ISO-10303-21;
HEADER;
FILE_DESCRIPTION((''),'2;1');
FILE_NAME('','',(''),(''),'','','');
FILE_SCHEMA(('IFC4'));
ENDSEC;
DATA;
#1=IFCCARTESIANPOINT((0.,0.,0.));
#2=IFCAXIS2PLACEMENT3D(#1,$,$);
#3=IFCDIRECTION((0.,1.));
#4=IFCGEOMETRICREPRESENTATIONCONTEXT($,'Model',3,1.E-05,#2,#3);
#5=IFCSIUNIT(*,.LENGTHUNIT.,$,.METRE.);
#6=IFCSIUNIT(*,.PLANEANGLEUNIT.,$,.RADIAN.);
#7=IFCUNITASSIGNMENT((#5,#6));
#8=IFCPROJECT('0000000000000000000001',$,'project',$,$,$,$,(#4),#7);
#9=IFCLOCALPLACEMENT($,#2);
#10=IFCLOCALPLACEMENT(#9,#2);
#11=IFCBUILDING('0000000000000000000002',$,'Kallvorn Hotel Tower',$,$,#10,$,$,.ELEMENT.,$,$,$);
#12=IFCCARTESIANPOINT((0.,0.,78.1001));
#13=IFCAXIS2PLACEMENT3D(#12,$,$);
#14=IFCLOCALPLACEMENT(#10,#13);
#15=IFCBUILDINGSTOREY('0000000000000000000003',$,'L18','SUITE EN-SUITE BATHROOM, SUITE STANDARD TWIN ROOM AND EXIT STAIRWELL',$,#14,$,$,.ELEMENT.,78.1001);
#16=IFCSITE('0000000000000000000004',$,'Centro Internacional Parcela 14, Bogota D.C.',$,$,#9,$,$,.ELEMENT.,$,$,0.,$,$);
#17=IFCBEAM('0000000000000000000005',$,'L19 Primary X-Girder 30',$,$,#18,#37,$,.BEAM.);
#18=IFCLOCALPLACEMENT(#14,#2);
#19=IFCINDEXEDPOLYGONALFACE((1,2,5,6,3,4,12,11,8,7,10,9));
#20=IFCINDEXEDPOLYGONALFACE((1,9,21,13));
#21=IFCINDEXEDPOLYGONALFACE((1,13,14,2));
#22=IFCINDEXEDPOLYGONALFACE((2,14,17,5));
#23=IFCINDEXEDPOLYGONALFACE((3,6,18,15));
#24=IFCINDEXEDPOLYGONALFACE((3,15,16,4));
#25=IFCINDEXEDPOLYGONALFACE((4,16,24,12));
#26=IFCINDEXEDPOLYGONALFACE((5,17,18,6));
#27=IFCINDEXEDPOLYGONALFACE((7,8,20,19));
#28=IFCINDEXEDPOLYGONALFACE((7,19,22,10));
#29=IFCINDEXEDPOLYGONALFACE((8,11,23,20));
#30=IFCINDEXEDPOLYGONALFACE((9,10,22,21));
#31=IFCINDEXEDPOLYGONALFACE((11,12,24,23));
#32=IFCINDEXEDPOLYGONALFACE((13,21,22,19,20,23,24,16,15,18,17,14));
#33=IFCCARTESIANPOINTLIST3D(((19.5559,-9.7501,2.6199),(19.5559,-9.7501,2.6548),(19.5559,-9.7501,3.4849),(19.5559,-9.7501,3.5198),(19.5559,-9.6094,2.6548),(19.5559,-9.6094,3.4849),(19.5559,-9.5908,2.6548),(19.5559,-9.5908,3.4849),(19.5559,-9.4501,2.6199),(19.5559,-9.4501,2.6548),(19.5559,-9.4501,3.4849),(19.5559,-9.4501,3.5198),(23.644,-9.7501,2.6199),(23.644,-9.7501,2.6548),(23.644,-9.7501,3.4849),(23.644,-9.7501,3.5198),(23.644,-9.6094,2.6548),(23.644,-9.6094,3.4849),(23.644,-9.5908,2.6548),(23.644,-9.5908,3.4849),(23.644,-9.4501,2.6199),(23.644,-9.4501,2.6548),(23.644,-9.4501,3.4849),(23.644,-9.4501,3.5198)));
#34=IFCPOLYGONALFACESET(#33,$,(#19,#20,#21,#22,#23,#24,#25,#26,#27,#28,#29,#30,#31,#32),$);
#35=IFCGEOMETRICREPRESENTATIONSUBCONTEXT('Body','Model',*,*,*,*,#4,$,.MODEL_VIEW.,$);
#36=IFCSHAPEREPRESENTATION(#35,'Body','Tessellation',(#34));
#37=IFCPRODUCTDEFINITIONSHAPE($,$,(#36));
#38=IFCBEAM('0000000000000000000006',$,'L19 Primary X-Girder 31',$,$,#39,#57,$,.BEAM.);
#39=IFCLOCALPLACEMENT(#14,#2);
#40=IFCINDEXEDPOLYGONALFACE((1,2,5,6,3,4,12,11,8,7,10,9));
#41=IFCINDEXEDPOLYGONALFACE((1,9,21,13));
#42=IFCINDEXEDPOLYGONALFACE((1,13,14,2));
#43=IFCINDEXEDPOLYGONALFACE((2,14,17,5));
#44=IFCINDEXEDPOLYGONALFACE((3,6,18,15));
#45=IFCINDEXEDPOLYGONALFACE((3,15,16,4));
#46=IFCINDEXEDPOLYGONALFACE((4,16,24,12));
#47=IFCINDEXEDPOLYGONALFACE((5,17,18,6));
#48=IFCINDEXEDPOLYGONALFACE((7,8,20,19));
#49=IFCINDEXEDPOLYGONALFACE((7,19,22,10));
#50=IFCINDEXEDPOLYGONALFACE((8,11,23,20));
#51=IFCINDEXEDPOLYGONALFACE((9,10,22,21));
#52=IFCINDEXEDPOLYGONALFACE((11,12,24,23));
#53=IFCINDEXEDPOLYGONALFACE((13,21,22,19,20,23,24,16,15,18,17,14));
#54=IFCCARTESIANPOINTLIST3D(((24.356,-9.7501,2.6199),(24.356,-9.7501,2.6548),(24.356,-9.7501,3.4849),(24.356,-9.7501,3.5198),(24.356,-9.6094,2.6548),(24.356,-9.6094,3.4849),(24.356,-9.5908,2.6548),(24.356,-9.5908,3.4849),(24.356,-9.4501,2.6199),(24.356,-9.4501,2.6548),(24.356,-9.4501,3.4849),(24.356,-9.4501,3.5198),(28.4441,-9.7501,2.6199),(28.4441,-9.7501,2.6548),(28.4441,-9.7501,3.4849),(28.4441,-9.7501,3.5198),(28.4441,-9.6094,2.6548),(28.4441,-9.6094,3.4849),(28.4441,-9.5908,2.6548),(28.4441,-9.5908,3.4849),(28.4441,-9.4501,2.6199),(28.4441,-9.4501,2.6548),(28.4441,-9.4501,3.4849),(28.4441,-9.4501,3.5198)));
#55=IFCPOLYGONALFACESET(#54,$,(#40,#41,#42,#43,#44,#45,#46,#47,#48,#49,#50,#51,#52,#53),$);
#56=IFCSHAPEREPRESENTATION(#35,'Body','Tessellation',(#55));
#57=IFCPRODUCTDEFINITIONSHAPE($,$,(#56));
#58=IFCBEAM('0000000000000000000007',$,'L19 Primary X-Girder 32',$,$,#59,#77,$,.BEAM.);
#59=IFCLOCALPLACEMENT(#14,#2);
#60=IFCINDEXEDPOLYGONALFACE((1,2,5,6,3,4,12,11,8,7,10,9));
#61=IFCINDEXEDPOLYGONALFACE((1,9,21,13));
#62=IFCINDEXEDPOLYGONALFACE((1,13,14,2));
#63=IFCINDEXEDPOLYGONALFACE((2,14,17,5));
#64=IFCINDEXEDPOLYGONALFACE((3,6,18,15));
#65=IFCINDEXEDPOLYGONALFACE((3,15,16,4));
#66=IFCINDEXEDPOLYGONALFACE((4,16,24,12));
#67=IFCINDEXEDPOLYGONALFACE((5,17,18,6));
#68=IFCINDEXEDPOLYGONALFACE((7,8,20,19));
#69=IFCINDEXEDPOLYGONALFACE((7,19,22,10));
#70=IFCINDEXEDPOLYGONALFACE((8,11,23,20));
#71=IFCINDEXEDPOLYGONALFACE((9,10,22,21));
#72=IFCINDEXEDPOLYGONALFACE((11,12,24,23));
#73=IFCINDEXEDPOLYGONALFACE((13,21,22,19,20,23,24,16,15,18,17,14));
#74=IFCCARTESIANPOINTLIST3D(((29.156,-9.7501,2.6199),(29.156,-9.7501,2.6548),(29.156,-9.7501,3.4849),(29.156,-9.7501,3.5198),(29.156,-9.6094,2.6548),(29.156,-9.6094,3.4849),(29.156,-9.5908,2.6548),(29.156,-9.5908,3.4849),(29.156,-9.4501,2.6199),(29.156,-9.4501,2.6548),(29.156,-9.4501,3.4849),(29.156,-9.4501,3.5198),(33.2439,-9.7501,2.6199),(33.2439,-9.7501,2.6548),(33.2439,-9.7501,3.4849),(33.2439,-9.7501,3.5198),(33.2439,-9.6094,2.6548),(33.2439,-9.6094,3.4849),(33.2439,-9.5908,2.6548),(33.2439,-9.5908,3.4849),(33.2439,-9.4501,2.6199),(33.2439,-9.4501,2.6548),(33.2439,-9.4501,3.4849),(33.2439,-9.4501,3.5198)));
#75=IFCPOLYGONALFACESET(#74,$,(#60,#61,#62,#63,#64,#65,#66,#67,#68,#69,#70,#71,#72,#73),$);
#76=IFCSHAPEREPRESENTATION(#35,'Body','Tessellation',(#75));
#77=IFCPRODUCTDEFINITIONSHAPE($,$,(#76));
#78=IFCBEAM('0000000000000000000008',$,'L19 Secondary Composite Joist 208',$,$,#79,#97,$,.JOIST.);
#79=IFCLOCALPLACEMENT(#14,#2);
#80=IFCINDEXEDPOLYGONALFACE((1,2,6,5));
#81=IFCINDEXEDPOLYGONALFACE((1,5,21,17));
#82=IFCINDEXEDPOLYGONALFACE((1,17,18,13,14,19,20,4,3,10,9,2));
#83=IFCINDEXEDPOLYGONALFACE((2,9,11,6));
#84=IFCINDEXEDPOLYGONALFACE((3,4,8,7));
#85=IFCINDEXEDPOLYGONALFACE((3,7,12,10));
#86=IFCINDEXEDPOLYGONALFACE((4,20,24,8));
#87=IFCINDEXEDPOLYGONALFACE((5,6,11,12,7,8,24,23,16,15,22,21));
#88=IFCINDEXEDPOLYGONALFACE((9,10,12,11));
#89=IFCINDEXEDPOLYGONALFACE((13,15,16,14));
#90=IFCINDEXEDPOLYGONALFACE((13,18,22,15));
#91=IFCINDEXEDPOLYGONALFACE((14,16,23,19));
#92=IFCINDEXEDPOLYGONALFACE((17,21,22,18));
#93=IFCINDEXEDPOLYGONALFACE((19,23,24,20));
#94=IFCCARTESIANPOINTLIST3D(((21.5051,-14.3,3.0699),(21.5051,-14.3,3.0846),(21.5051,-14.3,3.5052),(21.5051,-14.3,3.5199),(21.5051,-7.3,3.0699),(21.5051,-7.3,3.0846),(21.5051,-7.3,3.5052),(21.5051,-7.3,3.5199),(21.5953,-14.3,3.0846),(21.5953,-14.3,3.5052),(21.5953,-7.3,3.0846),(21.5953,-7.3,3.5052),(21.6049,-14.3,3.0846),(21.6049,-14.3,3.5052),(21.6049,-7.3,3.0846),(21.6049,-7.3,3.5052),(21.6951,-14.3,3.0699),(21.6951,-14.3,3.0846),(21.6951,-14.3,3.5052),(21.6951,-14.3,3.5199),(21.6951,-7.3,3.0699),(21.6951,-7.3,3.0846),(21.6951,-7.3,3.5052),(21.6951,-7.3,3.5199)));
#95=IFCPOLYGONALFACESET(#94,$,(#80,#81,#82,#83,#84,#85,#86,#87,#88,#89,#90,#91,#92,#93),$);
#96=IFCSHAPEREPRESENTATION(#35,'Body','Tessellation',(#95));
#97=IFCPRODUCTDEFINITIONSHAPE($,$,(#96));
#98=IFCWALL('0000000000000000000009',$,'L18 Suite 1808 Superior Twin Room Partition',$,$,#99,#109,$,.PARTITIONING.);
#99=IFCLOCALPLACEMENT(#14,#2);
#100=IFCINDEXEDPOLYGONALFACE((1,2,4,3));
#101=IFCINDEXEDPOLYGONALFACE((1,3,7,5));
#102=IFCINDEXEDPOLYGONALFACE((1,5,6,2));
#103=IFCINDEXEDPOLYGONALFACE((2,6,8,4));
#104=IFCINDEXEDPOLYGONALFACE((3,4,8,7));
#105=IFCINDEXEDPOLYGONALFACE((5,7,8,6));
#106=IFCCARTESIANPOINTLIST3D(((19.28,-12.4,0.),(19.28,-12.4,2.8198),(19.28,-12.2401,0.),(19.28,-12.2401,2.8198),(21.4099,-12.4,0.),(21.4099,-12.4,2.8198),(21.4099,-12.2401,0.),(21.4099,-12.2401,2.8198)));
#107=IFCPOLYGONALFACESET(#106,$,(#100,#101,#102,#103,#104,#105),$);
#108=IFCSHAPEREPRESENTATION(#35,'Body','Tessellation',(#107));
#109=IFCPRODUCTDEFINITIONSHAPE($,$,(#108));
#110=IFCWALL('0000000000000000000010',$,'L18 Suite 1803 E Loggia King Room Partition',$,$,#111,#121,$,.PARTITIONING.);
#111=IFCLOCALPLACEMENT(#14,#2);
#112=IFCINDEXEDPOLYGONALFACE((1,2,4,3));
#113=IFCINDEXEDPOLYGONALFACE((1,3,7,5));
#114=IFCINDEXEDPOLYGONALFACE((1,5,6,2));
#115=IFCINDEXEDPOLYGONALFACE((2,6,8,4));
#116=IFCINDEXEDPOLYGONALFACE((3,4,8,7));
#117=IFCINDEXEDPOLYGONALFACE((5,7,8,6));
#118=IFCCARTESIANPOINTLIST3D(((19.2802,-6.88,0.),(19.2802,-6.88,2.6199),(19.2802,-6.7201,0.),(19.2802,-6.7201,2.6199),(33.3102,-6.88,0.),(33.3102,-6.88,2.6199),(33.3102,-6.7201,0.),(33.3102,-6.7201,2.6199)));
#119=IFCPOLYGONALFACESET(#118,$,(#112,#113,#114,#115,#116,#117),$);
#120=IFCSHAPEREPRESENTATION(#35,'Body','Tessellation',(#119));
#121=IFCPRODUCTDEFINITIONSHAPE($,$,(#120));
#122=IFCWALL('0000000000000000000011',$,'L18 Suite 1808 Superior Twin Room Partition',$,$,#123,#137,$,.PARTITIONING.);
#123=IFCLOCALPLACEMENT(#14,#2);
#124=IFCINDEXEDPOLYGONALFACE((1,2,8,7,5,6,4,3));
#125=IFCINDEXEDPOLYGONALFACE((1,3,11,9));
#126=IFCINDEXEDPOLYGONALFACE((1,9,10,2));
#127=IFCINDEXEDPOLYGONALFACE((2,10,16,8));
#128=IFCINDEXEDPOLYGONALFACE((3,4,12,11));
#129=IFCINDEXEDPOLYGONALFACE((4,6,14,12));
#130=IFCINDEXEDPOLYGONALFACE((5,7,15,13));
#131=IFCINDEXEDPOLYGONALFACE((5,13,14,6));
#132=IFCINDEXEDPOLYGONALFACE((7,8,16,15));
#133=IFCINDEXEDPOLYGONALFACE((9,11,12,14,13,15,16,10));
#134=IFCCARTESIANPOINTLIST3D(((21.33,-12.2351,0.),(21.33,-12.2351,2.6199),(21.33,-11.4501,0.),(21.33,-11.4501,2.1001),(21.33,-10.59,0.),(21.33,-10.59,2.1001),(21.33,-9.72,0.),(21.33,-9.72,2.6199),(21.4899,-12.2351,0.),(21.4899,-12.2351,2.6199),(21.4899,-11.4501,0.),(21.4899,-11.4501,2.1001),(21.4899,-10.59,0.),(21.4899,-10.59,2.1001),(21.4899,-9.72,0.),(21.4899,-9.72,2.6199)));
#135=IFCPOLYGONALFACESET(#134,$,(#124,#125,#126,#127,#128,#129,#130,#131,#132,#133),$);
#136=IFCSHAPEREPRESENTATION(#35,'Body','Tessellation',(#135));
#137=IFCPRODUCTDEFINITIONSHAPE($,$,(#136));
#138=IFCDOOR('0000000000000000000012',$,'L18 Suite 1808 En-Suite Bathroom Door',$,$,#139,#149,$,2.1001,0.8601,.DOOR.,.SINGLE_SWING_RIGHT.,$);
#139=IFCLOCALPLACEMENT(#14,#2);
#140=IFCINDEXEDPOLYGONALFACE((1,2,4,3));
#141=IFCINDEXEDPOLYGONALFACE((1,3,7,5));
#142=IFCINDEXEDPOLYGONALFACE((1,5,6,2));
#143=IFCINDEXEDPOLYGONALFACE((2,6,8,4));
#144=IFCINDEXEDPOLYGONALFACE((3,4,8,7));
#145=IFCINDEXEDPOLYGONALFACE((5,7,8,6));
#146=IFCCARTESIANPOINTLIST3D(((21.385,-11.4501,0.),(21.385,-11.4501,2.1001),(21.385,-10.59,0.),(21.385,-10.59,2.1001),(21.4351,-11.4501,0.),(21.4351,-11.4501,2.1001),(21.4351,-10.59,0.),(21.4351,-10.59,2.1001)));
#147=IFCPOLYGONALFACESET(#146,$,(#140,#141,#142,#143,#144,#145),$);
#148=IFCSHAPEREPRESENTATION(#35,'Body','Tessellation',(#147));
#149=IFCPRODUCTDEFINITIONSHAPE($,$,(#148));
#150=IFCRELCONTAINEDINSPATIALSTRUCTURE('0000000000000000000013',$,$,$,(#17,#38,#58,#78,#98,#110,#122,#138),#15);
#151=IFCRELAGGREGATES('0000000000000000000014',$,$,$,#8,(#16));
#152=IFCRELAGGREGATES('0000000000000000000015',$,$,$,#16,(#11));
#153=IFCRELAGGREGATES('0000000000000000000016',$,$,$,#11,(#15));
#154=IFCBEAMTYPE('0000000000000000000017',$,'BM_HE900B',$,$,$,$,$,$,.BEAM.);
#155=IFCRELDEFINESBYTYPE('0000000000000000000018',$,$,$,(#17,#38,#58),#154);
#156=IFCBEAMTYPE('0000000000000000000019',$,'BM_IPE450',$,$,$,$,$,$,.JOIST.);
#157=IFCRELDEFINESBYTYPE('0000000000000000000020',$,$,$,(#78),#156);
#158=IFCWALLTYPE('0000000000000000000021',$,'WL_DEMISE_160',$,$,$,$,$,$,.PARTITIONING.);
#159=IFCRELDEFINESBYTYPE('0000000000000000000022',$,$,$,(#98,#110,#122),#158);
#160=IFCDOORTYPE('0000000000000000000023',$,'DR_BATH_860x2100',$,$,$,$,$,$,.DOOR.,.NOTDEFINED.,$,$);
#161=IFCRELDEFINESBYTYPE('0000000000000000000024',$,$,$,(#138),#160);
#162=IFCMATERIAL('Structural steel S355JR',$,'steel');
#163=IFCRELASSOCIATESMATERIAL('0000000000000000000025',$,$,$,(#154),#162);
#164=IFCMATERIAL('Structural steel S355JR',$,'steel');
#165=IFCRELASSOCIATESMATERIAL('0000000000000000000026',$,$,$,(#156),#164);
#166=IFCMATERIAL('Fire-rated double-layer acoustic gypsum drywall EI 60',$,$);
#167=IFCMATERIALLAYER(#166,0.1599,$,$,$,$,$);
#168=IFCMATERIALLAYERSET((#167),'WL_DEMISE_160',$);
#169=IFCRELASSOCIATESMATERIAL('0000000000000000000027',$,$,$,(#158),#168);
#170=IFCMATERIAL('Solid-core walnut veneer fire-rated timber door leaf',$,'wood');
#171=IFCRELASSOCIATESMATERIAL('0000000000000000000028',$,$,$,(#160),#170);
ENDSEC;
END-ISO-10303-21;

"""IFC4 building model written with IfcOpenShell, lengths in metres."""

from ifc_helpers import new_model, si_unit, direction, frame, frame_2d, origin, origin_2d, place, context, subcontext, project, spatial, rectangle, i_section, extrude, material, layer, layer_set, material_profile, profile_set, type_object, element, fill, save


model = new_model("IFC4")

# Units and contexts
model_context = context("Model", 3, precision=1e-05, world=origin(), true_north=direction((0.0, 1.0)))
body_context = subcontext(model_context, "Body", "Model", "MODEL_VIEW")
ifc_project = project(units=[si_unit("LENGTHUNIT", "METRE"), si_unit("PLANEANGLEUNIT", "RADIAN")], contexts=[model_context])

# Site, building, storey
site_placement = place(None, origin())
site = spatial("IfcSite", under=ifc_project, at=site_placement, Name="Centro Internacional Parcela 14, Bogota D.C.", CompositionType="ELEMENT", RefElevation=0.0)
building_placement = place(site_placement, origin())
building = spatial("IfcBuilding", under=site, at=building_placement, Name="Kallvorn Hotel Tower", CompositionType="ELEMENT")
storey_placement = place(building_placement, frame((0.0, 0.0, 78.1001)))
storey = spatial("IfcBuildingStorey", under=building, at=storey_placement, Name="L18", Description="SUITE EN-SUITE BATHROOM, SUITE STANDARD TWIN ROOM AND EXIT STAIRWELL", CompositionType="ELEMENT", Elevation=78.1001)

# Beams
ifc_material_1 = material(Name="Structural steel S355JR", Category="steel")
ifc_material_profile_1 = material_profile(ifc_material_1, i_section(OverallWidth=0.3, OverallDepth=0.8999, WebThickness=0.0186, FlangeThickness=0.0349, at=origin_2d()), Name="HE 900 B")
ifc_profile_set_1 = profile_set([ifc_material_profile_1], Name="Structural steel S355JR")
beam_type_1 = type_object("IfcBeamType", Name="BM_HE900B", PredefinedType="BEAM", material=ifc_profile_set_1)
for number, where, z_axis, x_axis, name in (
    (1, (19.5559, -9.6001, 3.0698), (1.0, 0.0, 0.0), (0.0, 1.0, 0.0), "L19 Primary X-Girder 30"),
    (2, (24.356, -9.6001, 3.0698), (1.0, 0.0, 0.0), (0.0, 1.0, 0.0), "L19 Primary X-Girder 31"),
):
    element("IfcBeam", number, at=place(storey_placement, frame(where, z_axis=z_axis, x_axis=x_axis)), inside=storey, type_object=beam_type_1, Name=name, PredefinedType="BEAM", context=body_context, shape_type="SweptSolid", body=[
        extrude(i_section(OverallWidth=0.3, OverallDepth=0.8999, WebThickness=0.0186, FlangeThickness=0.0349, at=origin_2d()), origin(), (0.0, 0.0, 1.0), 4.0881),
    ])
beam_1_placement = place(storey_placement, frame((29.156, -9.6001, 3.0698), z_axis=(1.0, 0.0, 0.0), x_axis=(0.0, 1.0, 0.0)))
element("IfcBeam", 3, at=beam_1_placement, inside=storey, type_object=beam_type_1, Name="L19 Primary X-Girder 32", PredefinedType="BEAM", context=body_context, shape_type="SweptSolid", body=[
    extrude(i_section(OverallWidth=0.3, OverallDepth=0.8999, WebThickness=0.0186, FlangeThickness=0.0349, at=origin_2d()), origin(), (0.0, 0.0, 1.0), 4.0879),
])
ifc_material_2 = material(Name="Structural steel S355JR", Category="steel")
ifc_material_profile_2 = material_profile(ifc_material_2, i_section(OverallWidth=0.1899, OverallDepth=0.45, WebThickness=0.0095, FlangeThickness=0.0146, at=origin_2d()), Name="IPE 450")
ifc_profile_set_2 = profile_set([ifc_material_profile_2], Name="Structural steel S355JR")
beam_type_2 = type_object("IfcBeamType", Name="BM_IPE450", PredefinedType="JOIST", material=ifc_profile_set_2)
beam_2_placement = place(storey_placement, frame((21.6001, -14.3, 3.2949), z_axis=(0.0, 1.0, 0.0), x_axis=(-1.0, 0.0, 0.0)))
element("IfcBeam", 4, at=beam_2_placement, inside=storey, type_object=beam_type_2, Name="L19 Secondary Composite Joist 208", PredefinedType="JOIST", context=body_context, shape_type="SweptSolid", body=[
    extrude(i_section(OverallWidth=0.1899, OverallDepth=0.45, WebThickness=0.0095, FlangeThickness=0.0146, at=origin_2d()), origin(), (0.0, 0.0, 1.0), 7.0),
])

# Walls
ifc_material_3 = material(Name="Fire-rated double-layer acoustic gypsum drywall EI 60")
ifc_layer_1 = layer(ifc_material_3, 0.1599)
ifc_layer_set_1 = layer_set([ifc_layer_1], Name="WL_DEMISE_160")
wall_type_1 = type_object("IfcWallType", Name="WL_DEMISE_160", PredefinedType="PARTITIONING", material=ifc_layer_set_1)
wall_1_placement = place(storey_placement, frame((19.28, -12.3201, 0.0), z_axis=(0.0, 0.0, 1.0), x_axis=(1.0, 0.0, 0.0)))
element("IfcWall", 5, at=wall_1_placement, inside=storey, type_object=wall_type_1, Name="L18 Suite 1808 Superior Twin Room Partition", PredefinedType="PARTITIONING", context=body_context, shape_type="SweptSolid", body=[
    extrude(rectangle(XDim=2.1299, YDim=0.1599, at=frame_2d((1.0649, 0.0))), origin(), (0.0, 0.0, 1.0), 2.8198),
])
wall_2_placement = place(storey_placement, frame((19.28, -6.8, 0.0), z_axis=(0.0, 0.0, 1.0), x_axis=(1.0, 0.0, 0.0)))
element("IfcWall", 6, at=wall_2_placement, inside=storey, type_object=wall_type_1, Name="L18 Suite 1803 E Loggia King Room Partition", PredefinedType="PARTITIONING", context=body_context, shape_type="SweptSolid", body=[
    extrude(rectangle(XDim=14.03, YDim=0.1599, at=frame_2d((7.0151, 0.0))), origin(), (0.0, 0.0, 1.0), 2.6199),
])

# Wall, opening, door
wall_3_placement = place(storey_placement, frame((21.4099, -12.2351, 0.0), z_axis=(0.0, 0.0, 1.0), x_axis=(0.0, 1.0, 0.0)))
wall_3 = element("IfcWall", 7, at=wall_3_placement, inside=storey, type_object=wall_type_1, Name="L18 Suite 1808 Superior Twin Room Partition", PredefinedType="PARTITIONING", context=body_context, shape_type="SweptSolid", body=[
    extrude(rectangle(XDim=2.5151, YDim=0.1599, at=frame_2d((1.2576, 0.0))), origin(), (0.0, 0.0, 1.0), 2.6199),
])
opening_1_placement = place(wall_3_placement, frame((0.7849, 0.0, 0.0)))
opening_1 = element("IfcOpeningElement", 8, at=opening_1_placement, cuts=wall_3, PredefinedType="OPENING", context=body_context, shape_type="SweptSolid", body=[
    extrude(rectangle(XDim=0.8601, YDim=2.1001, at=frame_2d((0.4302, 1.05))), frame((0.0, 0.095, 0.0), z_axis=(0.0, -1.0, 0.0), x_axis=(1.0, 0.0, 0.0)), (0.0, 0.0, 1.0), 0.1899),
])
ifc_material_4 = material(Name="Solid-core walnut veneer fire-rated timber door leaf", Category="wood")
door_type_1 = type_object("IfcDoorType", Name="DR_BATH_860x2100", OperationType="NOTDEFINED", PredefinedType="DOOR", material=ifc_material_4)
door_1_placement = place(opening_1_placement, origin())
door_1 = element("IfcDoor", 9, at=door_1_placement, inside=storey, type_object=door_type_1, Name="L18 Suite 1808 En-Suite Bathroom Door", OperationType="SINGLE_SWING_RIGHT", OverallHeight=2.1001, OverallWidth=0.8601, PredefinedType="DOOR", context=body_context, shape_type="SweptSolid", body=[
    extrude(rectangle(XDim=0.8601, YDim=2.1001, at=frame_2d((0.4302, 1.05))), frame((0.0, 0.0249, 0.0), z_axis=(0.0, -1.0, 0.0), x_axis=(1.0, 0.0, 0.0)), (0.0, 0.0, 1.0), 0.05),
])
fill(opening_1, door_1)

save(model, "model.ifc")
